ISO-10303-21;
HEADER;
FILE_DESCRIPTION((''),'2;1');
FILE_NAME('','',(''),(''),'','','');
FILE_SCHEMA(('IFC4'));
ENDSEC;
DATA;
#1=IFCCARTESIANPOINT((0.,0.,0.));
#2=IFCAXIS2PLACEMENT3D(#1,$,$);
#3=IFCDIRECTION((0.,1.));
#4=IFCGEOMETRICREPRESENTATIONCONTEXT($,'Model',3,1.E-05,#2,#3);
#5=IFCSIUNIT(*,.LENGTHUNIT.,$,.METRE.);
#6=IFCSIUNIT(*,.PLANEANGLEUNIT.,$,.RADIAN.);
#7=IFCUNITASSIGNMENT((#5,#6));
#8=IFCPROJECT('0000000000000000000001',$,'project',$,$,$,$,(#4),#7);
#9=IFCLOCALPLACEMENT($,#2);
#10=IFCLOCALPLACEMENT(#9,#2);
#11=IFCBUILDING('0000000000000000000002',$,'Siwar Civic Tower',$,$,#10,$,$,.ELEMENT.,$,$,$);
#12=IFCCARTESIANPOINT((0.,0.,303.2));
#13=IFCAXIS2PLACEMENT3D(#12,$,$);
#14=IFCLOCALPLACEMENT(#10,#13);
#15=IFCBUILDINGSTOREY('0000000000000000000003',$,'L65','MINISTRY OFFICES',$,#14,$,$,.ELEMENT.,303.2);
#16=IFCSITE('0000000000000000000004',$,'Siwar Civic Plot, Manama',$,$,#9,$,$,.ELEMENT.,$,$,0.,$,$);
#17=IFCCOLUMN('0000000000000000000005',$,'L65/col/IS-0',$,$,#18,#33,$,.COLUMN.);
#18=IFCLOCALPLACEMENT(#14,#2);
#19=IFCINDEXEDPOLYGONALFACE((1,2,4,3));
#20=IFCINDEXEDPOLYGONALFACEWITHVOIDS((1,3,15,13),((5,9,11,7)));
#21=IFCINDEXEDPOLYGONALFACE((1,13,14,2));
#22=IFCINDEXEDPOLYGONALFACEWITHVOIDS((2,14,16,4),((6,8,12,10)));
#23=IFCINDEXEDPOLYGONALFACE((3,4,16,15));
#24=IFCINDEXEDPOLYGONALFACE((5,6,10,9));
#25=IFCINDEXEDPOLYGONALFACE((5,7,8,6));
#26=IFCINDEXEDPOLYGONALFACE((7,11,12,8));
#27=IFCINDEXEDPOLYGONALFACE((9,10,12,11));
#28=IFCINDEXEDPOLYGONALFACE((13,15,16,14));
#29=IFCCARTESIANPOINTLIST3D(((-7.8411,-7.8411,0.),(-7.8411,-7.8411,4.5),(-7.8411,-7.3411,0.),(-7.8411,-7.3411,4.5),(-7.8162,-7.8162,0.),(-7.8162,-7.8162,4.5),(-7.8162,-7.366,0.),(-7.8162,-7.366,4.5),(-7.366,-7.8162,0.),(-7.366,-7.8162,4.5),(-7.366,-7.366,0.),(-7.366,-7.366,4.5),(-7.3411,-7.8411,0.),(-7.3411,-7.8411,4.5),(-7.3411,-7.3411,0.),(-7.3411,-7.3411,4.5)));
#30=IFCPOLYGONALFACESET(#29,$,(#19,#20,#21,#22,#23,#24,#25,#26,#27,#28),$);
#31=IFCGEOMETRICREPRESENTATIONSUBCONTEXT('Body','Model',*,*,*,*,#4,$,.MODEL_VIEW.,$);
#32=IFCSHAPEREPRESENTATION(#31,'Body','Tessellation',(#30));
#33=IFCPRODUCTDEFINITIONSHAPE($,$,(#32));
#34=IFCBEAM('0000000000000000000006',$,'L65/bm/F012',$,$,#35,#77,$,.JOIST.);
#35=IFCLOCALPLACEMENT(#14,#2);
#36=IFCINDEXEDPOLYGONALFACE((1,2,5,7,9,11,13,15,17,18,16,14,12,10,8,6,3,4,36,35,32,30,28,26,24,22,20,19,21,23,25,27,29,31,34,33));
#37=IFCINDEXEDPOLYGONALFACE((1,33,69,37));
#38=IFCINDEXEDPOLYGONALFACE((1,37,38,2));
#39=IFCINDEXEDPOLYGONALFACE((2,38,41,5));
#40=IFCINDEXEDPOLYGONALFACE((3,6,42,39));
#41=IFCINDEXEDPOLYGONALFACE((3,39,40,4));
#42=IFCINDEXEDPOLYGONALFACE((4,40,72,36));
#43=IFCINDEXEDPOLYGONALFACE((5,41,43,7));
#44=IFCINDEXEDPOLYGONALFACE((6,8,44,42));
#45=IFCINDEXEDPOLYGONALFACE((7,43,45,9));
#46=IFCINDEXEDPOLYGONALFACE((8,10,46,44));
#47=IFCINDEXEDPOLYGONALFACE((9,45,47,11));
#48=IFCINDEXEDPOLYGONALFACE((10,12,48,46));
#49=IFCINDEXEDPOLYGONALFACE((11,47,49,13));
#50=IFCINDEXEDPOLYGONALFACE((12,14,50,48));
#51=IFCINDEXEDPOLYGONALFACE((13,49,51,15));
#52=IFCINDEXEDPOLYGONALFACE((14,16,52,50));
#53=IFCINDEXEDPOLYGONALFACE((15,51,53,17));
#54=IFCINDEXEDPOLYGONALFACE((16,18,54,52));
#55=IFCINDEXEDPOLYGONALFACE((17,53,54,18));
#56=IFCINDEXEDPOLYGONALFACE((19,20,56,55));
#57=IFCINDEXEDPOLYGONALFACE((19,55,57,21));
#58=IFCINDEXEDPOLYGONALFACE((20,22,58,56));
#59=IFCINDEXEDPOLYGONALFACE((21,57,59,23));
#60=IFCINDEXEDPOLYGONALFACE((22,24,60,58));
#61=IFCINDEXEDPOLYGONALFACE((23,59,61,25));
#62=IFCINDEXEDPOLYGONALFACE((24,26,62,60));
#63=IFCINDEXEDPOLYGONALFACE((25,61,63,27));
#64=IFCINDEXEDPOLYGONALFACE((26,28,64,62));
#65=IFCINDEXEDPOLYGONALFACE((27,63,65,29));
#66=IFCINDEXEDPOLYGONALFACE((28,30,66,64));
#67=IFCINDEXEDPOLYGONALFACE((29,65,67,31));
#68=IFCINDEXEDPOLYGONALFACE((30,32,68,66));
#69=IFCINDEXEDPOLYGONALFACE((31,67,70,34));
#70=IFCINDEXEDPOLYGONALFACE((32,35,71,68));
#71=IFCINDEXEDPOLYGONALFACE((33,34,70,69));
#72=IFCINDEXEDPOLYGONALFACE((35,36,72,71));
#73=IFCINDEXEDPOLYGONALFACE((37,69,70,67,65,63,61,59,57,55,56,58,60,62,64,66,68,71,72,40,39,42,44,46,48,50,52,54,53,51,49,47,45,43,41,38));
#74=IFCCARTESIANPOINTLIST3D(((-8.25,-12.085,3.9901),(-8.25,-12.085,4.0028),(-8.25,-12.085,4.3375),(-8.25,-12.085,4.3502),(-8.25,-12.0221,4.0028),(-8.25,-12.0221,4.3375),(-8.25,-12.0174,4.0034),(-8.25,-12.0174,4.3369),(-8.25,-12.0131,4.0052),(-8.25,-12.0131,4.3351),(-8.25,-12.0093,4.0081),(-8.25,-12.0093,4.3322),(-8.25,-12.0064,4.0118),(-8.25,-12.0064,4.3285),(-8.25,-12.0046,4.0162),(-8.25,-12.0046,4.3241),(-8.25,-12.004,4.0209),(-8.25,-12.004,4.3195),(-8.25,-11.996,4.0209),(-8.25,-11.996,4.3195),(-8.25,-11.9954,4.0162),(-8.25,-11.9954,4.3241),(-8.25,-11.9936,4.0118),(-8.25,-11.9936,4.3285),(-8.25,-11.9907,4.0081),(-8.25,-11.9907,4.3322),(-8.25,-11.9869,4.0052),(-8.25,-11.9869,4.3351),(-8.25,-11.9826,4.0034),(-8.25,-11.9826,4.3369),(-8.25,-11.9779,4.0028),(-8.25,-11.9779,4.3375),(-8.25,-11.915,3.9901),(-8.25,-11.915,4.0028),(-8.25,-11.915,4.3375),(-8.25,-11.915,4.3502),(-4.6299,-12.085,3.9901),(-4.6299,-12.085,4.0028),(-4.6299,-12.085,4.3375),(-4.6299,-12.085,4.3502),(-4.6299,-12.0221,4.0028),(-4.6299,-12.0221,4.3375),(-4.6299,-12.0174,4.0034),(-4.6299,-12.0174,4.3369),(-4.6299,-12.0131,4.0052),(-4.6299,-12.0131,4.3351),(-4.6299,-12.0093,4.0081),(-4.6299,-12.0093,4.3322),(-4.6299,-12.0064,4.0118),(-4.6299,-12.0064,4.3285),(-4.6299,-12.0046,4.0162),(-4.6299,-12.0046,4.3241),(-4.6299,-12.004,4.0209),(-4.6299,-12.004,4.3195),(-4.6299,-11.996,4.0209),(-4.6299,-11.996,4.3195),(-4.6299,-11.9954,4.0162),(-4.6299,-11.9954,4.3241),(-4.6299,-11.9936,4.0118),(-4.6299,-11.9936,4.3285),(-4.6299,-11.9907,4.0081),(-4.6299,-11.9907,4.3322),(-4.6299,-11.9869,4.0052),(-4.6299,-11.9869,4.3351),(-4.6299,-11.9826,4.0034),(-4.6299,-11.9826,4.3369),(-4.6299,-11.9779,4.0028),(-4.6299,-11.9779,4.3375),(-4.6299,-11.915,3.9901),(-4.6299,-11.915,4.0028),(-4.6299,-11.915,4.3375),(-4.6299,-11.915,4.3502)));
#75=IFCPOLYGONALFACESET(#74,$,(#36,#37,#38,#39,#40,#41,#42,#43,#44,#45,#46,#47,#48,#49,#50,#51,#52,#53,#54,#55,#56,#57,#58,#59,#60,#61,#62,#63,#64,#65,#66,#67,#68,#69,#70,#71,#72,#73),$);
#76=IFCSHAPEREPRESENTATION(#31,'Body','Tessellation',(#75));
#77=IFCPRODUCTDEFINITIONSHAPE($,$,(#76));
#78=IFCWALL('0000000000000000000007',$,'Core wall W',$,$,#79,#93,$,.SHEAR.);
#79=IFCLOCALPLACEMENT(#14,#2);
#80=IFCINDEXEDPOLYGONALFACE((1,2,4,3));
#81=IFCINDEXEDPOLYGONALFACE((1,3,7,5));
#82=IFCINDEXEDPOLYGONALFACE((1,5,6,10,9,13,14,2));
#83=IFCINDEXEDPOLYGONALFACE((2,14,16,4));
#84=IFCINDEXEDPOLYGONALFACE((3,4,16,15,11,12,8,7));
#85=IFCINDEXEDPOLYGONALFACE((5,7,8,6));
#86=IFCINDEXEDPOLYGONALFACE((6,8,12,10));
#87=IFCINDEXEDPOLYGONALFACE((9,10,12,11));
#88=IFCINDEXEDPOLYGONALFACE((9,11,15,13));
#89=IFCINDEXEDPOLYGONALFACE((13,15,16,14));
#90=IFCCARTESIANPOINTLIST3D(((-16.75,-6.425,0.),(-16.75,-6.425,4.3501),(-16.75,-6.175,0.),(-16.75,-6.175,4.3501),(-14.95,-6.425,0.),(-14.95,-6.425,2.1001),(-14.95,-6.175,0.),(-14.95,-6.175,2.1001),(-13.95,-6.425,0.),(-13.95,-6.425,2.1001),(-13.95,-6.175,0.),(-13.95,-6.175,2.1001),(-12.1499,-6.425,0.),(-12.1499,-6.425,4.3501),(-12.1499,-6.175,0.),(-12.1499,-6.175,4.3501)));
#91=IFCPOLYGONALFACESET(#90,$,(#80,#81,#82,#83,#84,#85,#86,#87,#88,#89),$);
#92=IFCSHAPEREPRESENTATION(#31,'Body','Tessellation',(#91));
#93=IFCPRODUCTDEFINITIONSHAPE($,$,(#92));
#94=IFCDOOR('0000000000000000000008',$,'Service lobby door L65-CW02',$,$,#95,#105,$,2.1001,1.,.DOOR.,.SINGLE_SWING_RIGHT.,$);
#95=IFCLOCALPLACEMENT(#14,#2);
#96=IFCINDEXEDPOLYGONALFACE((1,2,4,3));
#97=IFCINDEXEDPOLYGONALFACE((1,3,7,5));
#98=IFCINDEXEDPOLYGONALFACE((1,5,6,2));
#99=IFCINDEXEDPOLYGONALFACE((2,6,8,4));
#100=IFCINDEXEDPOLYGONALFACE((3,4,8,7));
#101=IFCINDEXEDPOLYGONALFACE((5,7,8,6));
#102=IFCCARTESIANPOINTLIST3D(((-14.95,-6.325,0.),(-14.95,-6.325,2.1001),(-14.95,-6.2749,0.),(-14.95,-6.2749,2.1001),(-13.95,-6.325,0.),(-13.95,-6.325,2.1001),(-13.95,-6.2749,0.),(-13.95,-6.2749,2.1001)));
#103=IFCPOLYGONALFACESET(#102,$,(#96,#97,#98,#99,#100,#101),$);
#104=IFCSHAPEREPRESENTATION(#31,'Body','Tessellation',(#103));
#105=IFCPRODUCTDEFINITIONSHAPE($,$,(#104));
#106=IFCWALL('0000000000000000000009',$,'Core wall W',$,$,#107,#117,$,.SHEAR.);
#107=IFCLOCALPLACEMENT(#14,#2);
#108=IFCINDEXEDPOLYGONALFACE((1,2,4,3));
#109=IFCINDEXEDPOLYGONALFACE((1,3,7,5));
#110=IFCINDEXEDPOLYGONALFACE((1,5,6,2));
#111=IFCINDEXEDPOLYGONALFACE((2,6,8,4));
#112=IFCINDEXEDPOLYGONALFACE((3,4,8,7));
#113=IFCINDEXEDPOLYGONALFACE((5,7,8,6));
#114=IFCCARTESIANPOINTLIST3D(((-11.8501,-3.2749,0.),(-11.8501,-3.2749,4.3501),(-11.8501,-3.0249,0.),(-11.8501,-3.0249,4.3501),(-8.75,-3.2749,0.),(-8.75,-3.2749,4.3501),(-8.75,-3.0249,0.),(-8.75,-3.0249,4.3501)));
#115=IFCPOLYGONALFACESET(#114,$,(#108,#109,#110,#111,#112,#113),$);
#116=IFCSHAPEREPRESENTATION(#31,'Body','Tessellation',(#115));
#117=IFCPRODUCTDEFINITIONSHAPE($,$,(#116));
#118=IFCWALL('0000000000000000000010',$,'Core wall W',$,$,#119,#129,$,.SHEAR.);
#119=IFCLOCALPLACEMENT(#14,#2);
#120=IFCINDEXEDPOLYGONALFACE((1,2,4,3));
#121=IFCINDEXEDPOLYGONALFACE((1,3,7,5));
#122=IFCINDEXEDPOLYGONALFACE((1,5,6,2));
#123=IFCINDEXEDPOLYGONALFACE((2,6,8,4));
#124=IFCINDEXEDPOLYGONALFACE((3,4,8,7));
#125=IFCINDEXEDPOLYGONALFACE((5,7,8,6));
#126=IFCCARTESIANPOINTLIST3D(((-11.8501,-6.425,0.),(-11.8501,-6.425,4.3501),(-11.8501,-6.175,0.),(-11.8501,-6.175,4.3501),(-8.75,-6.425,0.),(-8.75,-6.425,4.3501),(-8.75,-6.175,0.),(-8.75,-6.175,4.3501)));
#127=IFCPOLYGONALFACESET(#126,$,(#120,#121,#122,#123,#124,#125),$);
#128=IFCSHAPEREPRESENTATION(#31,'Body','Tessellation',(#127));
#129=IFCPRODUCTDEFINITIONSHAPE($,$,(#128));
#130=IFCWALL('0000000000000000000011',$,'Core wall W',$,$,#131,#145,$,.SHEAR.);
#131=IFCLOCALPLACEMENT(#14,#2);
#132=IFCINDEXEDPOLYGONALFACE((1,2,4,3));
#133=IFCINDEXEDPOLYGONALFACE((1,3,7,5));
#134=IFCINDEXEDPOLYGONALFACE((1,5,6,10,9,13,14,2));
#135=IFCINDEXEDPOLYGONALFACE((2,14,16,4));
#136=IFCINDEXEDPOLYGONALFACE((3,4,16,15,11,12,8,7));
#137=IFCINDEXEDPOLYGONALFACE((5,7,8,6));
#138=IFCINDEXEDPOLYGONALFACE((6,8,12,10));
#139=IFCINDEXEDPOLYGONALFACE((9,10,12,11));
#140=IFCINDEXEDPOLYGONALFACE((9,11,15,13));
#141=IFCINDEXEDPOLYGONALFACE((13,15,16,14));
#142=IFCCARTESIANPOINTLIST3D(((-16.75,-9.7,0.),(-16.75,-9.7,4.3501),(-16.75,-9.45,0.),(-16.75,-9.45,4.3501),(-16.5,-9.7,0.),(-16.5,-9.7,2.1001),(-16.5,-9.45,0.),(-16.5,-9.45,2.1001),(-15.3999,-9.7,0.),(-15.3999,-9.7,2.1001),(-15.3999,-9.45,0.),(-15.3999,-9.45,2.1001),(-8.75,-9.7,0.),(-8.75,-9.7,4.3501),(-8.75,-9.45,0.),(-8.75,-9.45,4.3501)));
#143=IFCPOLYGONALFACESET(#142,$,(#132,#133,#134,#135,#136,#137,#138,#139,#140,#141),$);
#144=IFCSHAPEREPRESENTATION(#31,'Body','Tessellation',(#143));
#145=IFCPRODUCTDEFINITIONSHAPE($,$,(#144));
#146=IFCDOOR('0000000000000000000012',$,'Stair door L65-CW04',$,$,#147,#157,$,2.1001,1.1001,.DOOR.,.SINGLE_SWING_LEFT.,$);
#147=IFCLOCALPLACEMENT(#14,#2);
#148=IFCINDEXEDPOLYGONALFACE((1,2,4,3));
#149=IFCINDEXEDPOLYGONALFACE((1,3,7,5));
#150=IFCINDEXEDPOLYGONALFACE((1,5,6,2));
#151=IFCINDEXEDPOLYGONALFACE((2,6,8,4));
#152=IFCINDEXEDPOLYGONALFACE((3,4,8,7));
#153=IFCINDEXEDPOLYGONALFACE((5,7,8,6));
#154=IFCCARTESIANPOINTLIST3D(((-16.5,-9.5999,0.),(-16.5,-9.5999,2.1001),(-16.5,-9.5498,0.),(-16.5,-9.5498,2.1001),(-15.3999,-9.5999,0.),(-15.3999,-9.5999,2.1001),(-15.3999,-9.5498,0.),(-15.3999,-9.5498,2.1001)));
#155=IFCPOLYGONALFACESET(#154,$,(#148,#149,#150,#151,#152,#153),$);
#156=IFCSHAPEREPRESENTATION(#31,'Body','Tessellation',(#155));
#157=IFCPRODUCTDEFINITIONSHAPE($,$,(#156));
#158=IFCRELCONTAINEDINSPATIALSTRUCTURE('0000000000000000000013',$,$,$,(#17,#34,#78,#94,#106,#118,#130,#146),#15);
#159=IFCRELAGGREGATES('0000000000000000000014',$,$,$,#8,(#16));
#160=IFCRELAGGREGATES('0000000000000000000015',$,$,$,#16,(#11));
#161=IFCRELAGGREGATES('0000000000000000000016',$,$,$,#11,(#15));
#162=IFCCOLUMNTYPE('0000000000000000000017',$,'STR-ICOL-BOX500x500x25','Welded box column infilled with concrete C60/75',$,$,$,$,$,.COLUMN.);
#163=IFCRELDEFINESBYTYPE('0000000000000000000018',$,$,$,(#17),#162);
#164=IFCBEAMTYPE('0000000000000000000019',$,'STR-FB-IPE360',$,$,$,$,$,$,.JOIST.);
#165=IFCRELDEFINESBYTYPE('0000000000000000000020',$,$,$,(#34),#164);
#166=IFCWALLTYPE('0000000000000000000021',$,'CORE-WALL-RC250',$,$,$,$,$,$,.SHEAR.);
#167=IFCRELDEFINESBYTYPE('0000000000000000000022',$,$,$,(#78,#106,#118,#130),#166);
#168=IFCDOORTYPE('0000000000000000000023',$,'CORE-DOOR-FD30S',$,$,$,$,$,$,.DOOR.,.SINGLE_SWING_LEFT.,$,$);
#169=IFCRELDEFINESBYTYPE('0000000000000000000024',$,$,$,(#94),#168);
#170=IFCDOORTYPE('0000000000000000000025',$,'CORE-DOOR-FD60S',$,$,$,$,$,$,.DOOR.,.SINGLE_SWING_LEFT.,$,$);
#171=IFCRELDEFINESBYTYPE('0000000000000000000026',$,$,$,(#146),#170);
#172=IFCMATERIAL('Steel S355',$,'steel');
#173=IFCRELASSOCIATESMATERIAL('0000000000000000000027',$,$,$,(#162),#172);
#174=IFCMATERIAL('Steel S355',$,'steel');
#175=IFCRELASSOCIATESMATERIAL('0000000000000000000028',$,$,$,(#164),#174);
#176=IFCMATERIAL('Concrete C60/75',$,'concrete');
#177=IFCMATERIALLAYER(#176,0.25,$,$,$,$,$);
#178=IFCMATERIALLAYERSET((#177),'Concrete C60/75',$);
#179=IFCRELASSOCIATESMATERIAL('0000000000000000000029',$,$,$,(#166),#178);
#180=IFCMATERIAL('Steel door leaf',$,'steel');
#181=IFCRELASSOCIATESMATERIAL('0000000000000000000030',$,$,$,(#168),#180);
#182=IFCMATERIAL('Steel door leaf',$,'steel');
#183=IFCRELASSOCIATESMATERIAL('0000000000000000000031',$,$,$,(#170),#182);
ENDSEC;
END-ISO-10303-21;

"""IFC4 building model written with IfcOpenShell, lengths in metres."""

from ifc_helpers import new_model, si_unit, direction, frame, frame_2d, origin, origin_2d, place, context, subcontext, project, spatial, rectangle, hollow_rectangle, i_section, extrude, material, layer, layer_set, material_profile, profile_set, type_object, element, fill, save


model = new_model("IFC4")

# Units and contexts
model_context = context("Model", 3, precision=1e-05, world=origin(), true_north=direction((0.0, 1.0)))
body_context = subcontext(model_context, "Body", "Model", "MODEL_VIEW")
ifc_project = project(units=[si_unit("LENGTHUNIT", "METRE"), si_unit("PLANEANGLEUNIT", "RADIAN")], contexts=[model_context])

# Site, building, storey
site_placement = place(None, origin())
site = spatial("IfcSite", under=ifc_project, at=site_placement, Name="Siwar Civic Plot, Manama", CompositionType="ELEMENT", RefElevation=0.0)
building_placement = place(site_placement, origin())
building = spatial("IfcBuilding", under=site, at=building_placement, Name="Siwar Civic Tower", CompositionType="ELEMENT")
storey_placement = place(building_placement, frame((0.0, 0.0, 303.2)))
storey = spatial("IfcBuildingStorey", under=building, at=storey_placement, Name="L65", Description="MINISTRY OFFICES", CompositionType="ELEMENT", Elevation=303.2)

# Column
ifc_material_1 = material(Name="Steel S355", Category="steel")
ifc_material_profile_1 = material_profile(ifc_material_1, hollow_rectangle(XDim=0.5, YDim=0.5, WallThickness=0.0249, at=origin_2d()), Name="BOX500x500x25")
ifc_profile_set_1 = profile_set([ifc_material_profile_1], Name="Steel S355")
column_type = type_object("IfcColumnType", Name="STR-ICOL-BOX500x500x25", Description="Welded box column infilled with concrete C60/75", PredefinedType="COLUMN", material=ifc_profile_set_1)
column_placement = place(storey_placement, frame((-7.5911, -7.5911, 0.0), z_axis=(0.0, 0.0, 1.0), x_axis=(1.0, 0.0, 0.0)))
element("IfcColumn", 1, at=column_placement, inside=storey, type_object=column_type, Name="L65/col/IS-0", PredefinedType="COLUMN", context=body_context, shape_type="SweptSolid", body=[
    extrude(hollow_rectangle(XDim=0.5, YDim=0.5, WallThickness=0.0249, at=origin_2d()), origin(), (0.0, 0.0, 1.0), 4.5),
])

# Beam
ifc_material_2 = material(Name="Steel S355", Category="steel")
ifc_material_profile_2 = material_profile(ifc_material_2, i_section(OverallWidth=0.1699, OverallDepth=0.3601, WebThickness=0.0081, FlangeThickness=0.0127, FilletRadius=0.0181, at=origin_2d()), Name="IPE360")
ifc_profile_set_2 = profile_set([ifc_material_profile_2], Name="Steel S355")
beam_type = type_object("IfcBeamType", Name="STR-FB-IPE360", PredefinedType="JOIST", material=ifc_profile_set_2)
beam_placement = place(storey_placement, frame((-8.25, -12.0, 4.1702), z_axis=(1.0, 0.0, 0.0), x_axis=(0.0, 1.0, 0.0)))
element("IfcBeam", 2, at=beam_placement, inside=storey, type_object=beam_type, Name="L65/bm/F012", PredefinedType="JOIST", context=body_context, shape_type="SweptSolid", body=[
    extrude(i_section(OverallWidth=0.1699, OverallDepth=0.3601, WebThickness=0.0081, FlangeThickness=0.0127, FilletRadius=0.0181, at=origin_2d()), origin(), (0.0, 0.0, 1.0), 3.6201),
])

# Wall, opening, door
ifc_material_3 = material(Name="Concrete C60/75", Category="concrete")
ifc_layer_1 = layer(ifc_material_3, 0.25)
ifc_layer_set_1 = layer_set([ifc_layer_1], Name="Concrete C60/75")
wall_type_1 = type_object("IfcWallType", Name="CORE-WALL-RC250", PredefinedType="SHEAR", material=ifc_layer_set_1)
wall_1_placement = place(storey_placement, frame((-12.1499, -6.3, 0.0), z_axis=(0.0, 0.0, 1.0), x_axis=(-1.0, 0.0, 0.0)))
wall_1 = element("IfcWall", 3, at=wall_1_placement, inside=storey, type_object=wall_type_1, Name="Core wall W", PredefinedType="SHEAR", context=body_context, shape_type="SweptSolid", body=[
    extrude(rectangle(XDim=4.6001, YDim=0.25, at=frame_2d((2.3, 0.0))), origin(), (0.0, 0.0, 1.0), 4.3501),
])
opening_1_placement = place(wall_1_placement, frame((1.8, 0.0, 0.0)))
opening_1 = element("IfcOpeningElement", 4, at=opening_1_placement, cuts=wall_1, PredefinedType="OPENING", context=body_context, shape_type="SweptSolid", body=[
    extrude(rectangle(XDim=1.0, YDim=2.1001, at=frame_2d((0.5, 1.05))), frame((0.0, 0.135, 0.0), z_axis=(0.0, -1.0, 0.0), x_axis=(1.0, 0.0, 0.0)), (0.0, 0.0, 1.0), 0.27),
])
ifc_material_4 = material(Name="Steel door leaf", Category="steel")
door_type_1 = type_object("IfcDoorType", Name="CORE-DOOR-FD30S", OperationType="SINGLE_SWING_LEFT", PredefinedType="DOOR", material=ifc_material_4)
door_1_placement = place(opening_1_placement, origin())
door_1 = element("IfcDoor", 5, at=door_1_placement, inside=storey, type_object=door_type_1, Name="Service lobby door L65-CW02", OperationType="SINGLE_SWING_RIGHT", OverallHeight=2.1001, OverallWidth=1.0, PredefinedType="DOOR", context=body_context, shape_type="SweptSolid", body=[
    extrude(rectangle(XDim=1.0, YDim=2.1001, at=frame_2d((0.5, 1.05))), frame((0.0, 0.0249, 0.0), z_axis=(0.0, -1.0, 0.0), x_axis=(1.0, 0.0, 0.0)), (0.0, 0.0, 1.0), 0.05),
])
fill(opening_1, door_1)

# Walls
for number, where, z_axis, x_axis, name in (
    (6, (-8.75, -3.1499, 0.0), (0.0, 0.0, 1.0), (-1.0, 0.0, 0.0), "Core wall W"),
    (7, (-8.75, -6.3, 0.0), (0.0, 0.0, 1.0), (-1.0, 0.0, 0.0), "Core wall W"),
):
    element("IfcWall", number, at=place(storey_placement, frame(where, z_axis=z_axis, x_axis=x_axis)), inside=storey, type_object=wall_type_1, Name=name, PredefinedType="SHEAR", context=body_context, shape_type="SweptSolid", body=[
        extrude(rectangle(XDim=3.1001, YDim=0.25, at=frame_2d((1.55, 0.0))), origin(), (0.0, 0.0, 1.0), 4.3501),
    ])

# Wall, opening, door
wall_2_placement = place(storey_placement, frame((-8.75, -9.575, 0.0), z_axis=(0.0, 0.0, 1.0), x_axis=(-1.0, 0.0, 0.0)))
wall_2 = element("IfcWall", 8, at=wall_2_placement, inside=storey, type_object=wall_type_1, Name="Core wall W", PredefinedType="SHEAR", context=body_context, shape_type="SweptSolid", body=[
    extrude(rectangle(XDim=8.0, YDim=0.25, at=frame_2d((4.0, 0.0))), origin(), (0.0, 0.0, 1.0), 4.3501),
])
opening_2_placement = place(wall_2_placement, frame((6.6499, 0.0, 0.0)))
opening_2 = element("IfcOpeningElement", 9, at=opening_2_placement, cuts=wall_2, PredefinedType="OPENING", context=body_context, shape_type="SweptSolid", body=[
    extrude(rectangle(XDim=1.1001, YDim=2.1001, at=frame_2d((0.55, 1.05))), frame((0.0, 0.135, 0.0), z_axis=(0.0, -1.0, 0.0), x_axis=(1.0, 0.0, 0.0)), (0.0, 0.0, 1.0), 0.27),
])
ifc_material_5 = material(Name="Steel door leaf", Category="steel")
door_type_2 = type_object("IfcDoorType", Name="CORE-DOOR-FD60S", OperationType="SINGLE_SWING_LEFT", PredefinedType="DOOR", material=ifc_material_5)
door_2_placement = place(opening_2_placement, origin())
door_2 = element("IfcDoor", 10, at=door_2_placement, inside=storey, type_object=door_type_2, Name="Stair door L65-CW04", OperationType="SINGLE_SWING_LEFT", OverallHeight=2.1001, OverallWidth=1.1001, PredefinedType="DOOR", context=body_context, shape_type="SweptSolid", body=[
    extrude(rectangle(XDim=1.1001, YDim=2.1001, at=frame_2d((0.55, 1.05))), frame((0.0, 0.0249, 0.0), z_axis=(0.0, -1.0, 0.0), x_axis=(1.0, 0.0, 0.0)), (0.0, 0.0, 1.0), 0.05),
])
fill(opening_2, door_2)

save(model, "model.ifc")
